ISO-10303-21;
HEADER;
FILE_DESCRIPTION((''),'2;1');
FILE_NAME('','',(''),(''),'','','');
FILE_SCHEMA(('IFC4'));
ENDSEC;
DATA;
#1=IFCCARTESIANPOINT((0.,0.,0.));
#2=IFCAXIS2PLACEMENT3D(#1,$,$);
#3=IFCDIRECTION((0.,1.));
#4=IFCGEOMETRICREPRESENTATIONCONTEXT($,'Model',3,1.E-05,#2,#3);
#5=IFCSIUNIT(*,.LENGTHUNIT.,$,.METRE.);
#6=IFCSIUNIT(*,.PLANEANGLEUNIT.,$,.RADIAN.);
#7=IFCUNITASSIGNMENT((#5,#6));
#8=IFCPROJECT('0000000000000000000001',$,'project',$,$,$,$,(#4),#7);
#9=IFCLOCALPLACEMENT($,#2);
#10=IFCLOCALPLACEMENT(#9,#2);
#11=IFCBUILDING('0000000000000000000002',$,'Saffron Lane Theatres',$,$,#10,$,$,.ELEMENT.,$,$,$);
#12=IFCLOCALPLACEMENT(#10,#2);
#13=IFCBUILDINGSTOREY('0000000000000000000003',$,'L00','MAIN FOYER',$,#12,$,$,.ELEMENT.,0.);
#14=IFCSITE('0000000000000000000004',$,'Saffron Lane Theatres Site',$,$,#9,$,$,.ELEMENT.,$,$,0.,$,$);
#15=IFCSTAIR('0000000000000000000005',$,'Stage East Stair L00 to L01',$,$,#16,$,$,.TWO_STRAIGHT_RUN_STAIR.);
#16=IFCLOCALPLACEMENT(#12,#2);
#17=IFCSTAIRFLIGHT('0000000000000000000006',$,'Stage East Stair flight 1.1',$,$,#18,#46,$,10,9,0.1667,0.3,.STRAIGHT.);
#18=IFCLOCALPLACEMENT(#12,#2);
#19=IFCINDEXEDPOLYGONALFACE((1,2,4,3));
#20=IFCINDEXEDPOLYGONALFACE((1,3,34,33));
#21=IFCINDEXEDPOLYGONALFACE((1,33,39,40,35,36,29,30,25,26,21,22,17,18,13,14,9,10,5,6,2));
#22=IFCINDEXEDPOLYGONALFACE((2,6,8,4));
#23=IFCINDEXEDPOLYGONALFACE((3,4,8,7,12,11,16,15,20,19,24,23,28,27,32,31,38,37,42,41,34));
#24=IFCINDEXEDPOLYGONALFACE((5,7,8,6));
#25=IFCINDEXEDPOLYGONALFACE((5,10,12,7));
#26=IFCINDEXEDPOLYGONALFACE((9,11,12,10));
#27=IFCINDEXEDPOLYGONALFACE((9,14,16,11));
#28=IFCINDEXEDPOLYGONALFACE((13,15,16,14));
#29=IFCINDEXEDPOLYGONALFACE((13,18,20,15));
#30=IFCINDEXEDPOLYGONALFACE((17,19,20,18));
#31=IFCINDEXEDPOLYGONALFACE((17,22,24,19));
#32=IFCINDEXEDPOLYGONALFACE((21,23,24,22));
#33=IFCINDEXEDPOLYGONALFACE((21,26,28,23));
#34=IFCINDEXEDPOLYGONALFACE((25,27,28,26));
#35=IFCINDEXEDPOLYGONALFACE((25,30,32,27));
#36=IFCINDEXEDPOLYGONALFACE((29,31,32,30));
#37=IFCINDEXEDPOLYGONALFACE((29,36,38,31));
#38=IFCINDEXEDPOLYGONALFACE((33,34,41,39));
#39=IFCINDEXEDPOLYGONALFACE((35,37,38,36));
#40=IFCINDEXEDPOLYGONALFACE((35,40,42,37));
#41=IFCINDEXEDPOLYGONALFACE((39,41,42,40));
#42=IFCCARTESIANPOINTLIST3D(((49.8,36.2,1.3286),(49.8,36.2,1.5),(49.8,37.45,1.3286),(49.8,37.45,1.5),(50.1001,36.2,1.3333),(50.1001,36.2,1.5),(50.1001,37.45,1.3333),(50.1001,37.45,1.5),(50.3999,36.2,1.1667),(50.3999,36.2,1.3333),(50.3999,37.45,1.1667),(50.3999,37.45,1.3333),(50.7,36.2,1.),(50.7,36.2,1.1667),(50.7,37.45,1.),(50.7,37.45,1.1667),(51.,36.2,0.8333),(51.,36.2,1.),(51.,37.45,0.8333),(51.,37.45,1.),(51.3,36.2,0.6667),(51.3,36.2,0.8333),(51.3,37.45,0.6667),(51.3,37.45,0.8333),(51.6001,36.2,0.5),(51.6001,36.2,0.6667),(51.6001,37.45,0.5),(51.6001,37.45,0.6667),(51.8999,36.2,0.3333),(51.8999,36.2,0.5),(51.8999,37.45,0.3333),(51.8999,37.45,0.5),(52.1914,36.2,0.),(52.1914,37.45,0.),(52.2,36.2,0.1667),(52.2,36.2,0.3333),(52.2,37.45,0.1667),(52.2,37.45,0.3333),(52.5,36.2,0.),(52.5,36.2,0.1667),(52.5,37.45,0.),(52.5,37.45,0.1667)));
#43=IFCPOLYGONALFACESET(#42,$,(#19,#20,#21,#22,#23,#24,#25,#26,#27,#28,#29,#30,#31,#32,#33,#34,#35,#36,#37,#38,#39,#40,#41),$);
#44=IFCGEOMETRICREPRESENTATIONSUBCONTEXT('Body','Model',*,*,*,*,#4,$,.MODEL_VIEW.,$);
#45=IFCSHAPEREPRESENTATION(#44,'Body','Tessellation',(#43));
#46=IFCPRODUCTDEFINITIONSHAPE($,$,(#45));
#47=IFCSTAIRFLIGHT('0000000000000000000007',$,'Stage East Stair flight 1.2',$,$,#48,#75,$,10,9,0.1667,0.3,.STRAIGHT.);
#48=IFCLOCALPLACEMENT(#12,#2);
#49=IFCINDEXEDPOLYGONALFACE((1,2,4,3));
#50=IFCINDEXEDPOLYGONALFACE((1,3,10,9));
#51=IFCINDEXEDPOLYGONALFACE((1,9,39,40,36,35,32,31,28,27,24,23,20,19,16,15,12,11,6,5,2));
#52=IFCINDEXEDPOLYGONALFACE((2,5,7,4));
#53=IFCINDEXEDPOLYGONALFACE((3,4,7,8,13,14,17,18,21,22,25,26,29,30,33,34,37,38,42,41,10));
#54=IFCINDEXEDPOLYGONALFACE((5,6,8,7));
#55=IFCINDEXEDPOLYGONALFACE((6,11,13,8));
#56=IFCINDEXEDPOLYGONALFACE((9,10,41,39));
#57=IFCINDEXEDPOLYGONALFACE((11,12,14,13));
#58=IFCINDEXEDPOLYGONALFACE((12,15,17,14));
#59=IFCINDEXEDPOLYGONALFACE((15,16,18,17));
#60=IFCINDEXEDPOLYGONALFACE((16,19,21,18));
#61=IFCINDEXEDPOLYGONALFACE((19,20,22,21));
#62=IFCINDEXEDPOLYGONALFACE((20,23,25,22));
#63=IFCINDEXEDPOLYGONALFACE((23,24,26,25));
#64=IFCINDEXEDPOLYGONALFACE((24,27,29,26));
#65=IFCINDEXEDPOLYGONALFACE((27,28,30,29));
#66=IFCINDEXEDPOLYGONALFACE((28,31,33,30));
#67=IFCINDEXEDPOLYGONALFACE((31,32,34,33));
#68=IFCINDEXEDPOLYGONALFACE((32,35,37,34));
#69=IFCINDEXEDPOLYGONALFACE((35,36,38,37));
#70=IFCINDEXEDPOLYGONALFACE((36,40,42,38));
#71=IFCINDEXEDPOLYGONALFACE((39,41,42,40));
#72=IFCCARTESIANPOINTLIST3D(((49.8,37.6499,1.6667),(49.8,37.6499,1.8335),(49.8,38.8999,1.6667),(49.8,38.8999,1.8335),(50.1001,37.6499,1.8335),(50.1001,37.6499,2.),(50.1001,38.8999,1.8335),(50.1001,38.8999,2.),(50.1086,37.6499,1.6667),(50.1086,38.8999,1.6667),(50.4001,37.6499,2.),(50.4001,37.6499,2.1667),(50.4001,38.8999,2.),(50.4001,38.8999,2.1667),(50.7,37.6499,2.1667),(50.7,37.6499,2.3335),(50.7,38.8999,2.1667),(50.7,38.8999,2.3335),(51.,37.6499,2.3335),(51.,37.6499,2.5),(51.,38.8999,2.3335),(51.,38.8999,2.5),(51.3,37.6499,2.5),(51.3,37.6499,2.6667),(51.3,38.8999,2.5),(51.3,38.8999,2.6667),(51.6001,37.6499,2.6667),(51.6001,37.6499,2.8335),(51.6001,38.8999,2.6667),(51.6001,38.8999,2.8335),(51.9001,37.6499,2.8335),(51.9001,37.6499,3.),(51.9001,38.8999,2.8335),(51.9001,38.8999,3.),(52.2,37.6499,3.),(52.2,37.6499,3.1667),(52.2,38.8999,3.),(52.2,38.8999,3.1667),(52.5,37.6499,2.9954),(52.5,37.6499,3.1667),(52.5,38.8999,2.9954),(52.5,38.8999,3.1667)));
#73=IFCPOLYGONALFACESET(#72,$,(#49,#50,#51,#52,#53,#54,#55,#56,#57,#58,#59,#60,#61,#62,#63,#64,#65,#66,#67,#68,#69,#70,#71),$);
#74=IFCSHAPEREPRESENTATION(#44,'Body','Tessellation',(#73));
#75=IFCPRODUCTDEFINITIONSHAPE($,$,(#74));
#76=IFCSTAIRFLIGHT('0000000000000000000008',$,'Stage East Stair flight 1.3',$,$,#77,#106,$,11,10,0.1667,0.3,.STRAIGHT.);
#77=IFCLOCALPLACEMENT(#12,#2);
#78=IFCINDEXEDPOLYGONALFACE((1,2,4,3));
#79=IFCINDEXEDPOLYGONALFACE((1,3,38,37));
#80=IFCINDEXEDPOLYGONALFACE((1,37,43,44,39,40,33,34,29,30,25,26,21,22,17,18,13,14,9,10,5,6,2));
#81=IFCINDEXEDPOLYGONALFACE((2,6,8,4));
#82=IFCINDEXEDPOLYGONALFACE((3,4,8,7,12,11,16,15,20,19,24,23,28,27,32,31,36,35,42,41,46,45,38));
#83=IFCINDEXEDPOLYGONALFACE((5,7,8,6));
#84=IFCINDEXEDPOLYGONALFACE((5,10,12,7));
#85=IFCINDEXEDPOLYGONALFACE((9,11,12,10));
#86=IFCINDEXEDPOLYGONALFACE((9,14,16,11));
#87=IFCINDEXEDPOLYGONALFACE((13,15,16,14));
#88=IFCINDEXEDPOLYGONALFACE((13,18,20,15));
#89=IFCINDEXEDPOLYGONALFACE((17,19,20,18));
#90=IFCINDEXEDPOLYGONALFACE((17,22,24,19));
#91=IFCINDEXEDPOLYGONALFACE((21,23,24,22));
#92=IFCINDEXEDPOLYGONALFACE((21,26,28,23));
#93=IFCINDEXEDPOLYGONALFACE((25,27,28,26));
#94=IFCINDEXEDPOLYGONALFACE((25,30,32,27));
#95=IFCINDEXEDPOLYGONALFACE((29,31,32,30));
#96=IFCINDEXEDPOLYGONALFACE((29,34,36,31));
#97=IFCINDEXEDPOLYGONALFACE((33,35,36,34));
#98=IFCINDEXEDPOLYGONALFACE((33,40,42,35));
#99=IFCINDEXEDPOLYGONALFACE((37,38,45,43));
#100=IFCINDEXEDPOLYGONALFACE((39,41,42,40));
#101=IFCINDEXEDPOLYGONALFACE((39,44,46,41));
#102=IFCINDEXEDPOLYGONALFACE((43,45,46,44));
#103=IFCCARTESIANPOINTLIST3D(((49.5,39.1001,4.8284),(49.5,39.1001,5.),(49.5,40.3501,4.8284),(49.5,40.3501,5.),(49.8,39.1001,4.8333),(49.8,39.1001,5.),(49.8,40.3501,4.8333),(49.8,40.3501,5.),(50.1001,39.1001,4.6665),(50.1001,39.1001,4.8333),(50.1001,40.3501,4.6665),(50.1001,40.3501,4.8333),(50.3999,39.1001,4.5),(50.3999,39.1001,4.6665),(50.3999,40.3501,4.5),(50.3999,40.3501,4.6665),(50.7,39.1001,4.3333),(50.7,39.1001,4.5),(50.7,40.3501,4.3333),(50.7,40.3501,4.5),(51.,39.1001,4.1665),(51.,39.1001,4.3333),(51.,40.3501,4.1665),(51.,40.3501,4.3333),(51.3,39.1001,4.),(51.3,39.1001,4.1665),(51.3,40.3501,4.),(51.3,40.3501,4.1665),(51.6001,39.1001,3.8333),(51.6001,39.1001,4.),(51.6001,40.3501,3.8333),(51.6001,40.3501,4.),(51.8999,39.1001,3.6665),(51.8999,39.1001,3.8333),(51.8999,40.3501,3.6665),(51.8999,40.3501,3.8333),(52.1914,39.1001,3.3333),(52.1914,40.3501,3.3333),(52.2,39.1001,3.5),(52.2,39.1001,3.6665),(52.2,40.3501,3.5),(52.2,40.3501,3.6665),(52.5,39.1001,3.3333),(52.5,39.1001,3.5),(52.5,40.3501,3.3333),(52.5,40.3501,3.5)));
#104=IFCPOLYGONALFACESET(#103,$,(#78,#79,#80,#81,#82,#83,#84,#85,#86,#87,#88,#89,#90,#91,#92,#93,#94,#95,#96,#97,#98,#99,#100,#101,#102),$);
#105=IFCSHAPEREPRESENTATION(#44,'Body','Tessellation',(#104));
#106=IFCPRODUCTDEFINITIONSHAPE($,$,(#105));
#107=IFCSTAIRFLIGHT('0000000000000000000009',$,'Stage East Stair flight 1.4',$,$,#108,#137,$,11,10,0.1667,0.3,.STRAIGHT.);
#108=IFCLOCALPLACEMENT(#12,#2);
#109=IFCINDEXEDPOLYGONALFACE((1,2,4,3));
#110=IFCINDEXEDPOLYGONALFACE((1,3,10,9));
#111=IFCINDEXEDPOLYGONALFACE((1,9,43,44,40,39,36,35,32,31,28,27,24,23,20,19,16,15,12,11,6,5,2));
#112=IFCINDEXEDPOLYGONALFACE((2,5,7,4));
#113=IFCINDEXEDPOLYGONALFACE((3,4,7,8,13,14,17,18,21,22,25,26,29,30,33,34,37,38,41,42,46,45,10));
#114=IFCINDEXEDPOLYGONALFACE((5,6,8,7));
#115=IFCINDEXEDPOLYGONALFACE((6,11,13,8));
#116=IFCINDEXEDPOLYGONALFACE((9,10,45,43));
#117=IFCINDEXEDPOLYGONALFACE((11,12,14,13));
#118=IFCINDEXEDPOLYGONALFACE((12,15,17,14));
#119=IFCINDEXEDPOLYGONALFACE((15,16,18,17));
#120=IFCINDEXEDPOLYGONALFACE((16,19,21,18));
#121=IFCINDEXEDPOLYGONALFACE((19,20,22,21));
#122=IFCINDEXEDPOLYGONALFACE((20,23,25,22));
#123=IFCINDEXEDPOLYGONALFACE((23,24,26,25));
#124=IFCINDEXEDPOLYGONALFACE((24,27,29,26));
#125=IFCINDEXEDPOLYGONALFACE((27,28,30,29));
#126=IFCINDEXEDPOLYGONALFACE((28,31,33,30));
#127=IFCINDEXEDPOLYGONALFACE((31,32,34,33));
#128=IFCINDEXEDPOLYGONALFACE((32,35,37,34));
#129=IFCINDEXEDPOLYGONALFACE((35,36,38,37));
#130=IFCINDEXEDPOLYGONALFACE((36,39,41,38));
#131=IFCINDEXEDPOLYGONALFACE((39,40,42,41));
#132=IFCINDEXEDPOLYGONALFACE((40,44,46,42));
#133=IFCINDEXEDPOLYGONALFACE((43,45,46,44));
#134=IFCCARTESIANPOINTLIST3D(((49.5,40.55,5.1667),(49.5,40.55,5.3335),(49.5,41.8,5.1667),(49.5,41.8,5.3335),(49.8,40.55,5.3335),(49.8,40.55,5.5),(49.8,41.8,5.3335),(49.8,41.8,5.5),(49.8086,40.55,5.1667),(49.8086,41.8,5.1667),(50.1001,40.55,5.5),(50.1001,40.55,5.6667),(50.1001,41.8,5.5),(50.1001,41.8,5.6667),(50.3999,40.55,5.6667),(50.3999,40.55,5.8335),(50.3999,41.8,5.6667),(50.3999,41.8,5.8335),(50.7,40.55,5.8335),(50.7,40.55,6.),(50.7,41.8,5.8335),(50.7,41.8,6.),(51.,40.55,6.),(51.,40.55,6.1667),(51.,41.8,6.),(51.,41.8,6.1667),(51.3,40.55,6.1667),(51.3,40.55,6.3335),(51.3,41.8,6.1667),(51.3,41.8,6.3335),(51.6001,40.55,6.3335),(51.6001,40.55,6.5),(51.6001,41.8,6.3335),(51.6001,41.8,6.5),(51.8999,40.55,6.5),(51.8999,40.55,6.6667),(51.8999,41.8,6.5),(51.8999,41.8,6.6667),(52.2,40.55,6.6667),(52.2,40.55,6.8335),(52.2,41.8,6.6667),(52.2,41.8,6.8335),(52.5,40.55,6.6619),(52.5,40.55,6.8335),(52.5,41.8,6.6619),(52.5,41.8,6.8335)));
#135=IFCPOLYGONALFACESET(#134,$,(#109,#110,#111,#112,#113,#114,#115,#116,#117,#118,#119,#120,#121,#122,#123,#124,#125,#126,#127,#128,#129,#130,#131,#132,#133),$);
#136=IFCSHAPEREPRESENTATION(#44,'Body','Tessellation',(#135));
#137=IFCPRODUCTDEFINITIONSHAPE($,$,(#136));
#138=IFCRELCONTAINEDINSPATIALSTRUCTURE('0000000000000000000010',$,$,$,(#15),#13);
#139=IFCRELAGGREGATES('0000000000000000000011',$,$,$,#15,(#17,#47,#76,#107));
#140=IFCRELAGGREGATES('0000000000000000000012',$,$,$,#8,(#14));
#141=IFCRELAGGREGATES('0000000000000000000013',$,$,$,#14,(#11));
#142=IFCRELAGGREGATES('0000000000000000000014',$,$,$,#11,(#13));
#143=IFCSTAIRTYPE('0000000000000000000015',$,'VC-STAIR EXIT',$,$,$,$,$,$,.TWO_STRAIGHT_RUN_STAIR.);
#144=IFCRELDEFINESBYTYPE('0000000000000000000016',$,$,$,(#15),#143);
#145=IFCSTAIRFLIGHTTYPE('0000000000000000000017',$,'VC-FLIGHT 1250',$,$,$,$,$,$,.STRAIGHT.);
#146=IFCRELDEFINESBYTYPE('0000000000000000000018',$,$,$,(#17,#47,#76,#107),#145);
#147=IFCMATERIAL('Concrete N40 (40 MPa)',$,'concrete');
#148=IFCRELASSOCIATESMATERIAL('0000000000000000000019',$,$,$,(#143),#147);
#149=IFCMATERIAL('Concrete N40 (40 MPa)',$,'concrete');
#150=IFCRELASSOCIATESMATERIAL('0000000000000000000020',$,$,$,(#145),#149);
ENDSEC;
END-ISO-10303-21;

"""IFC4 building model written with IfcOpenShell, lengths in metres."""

from ifc_helpers import new_model, si_unit, direction, frame, origin, place, context, subcontext, project, spatial, polyline, outline, extrude, material, type_object, element, aggregate, save


model = new_model("IFC4")

# Units and contexts
model_context = context("Model", 3, precision=1e-05, world=origin(), true_north=direction((0.0, 1.0)))
body_context = subcontext(model_context, "Body", "Model", "MODEL_VIEW")
ifc_project = project(units=[si_unit("LENGTHUNIT", "METRE"), si_unit("PLANEANGLEUNIT", "RADIAN")], contexts=[model_context])

# Site, building, storey
site_placement = place(None, origin())
site = spatial("IfcSite", under=ifc_project, at=site_placement, Name="Saffron Lane Theatres Site", CompositionType="ELEMENT", RefElevation=0.0)
building_placement = place(site_placement, origin())
building = spatial("IfcBuilding", under=site, at=building_placement, Name="Saffron Lane Theatres", CompositionType="ELEMENT")
storey_placement = place(building_placement, origin())
storey = spatial("IfcBuildingStorey", under=building, at=storey_placement, Name="L00", Description="MAIN FOYER", CompositionType="ELEMENT", Elevation=0.0)

# Stair, stair flights
ifc_material_1 = material(Name="Concrete N40 (40 MPa)", Category="concrete")
stair_type = type_object("IfcStairType", Name="VC-STAIR EXIT", PredefinedType="TWO_STRAIGHT_RUN_STAIR", material=ifc_material_1)
stair_placement = place(storey_placement, origin())
stair = element("IfcStair", 1, at=stair_placement, inside=storey, type_object=stair_type, Name="Stage East Stair L00 to L01", PredefinedType="TWO_STRAIGHT_RUN_STAIR")
ifc_material_2 = material(Name="Concrete N40 (40 MPa)", Category="concrete")
stair_flight_type = type_object("IfcStairFlightType", Name="VC-FLIGHT 1250", PredefinedType="STRAIGHT", material=ifc_material_2)
stair_flight_1_placement = place(storey_placement, frame((52.5, 36.825, 0.0), z_axis=(0.0, 0.0, 1.0), x_axis=(-1.0, 0.0, 0.0)))
stair_flight_1 = element("IfcStairFlight", 2, at=stair_flight_1_placement, type_object=stair_flight_type, Name="Stage East Stair flight 1.1", NumberOfRisers=10, NumberOfTreads=9, PredefinedType="STRAIGHT", RiserHeight=0.1667, TreadLength=0.3, context=body_context, shape_type="SweptSolid", body=[
    extrude(outline(polyline([(0.0, 0.0), (0.0, 0.1667), (0.3, 0.1667), (0.3, 0.3333), (0.6001, 0.3333), (0.6001, 0.5), (0.8999, 0.5), (0.8999, 0.6667), (1.2, 0.6667), (1.2, 0.8333), (1.5, 0.8333), (1.5, 1.0), (1.8, 1.0), (1.8, 1.1667), (2.1001, 1.1667), (2.1001, 1.3333), (2.3999, 1.3333), (2.3999, 1.5), (2.7, 1.5), (2.7, 1.6667), (2.7, 1.3286), (0.3086, 0.0), (0.0, 0.0)])), frame((0.0, 0.625, 0.0), z_axis=(0.0, -1.0, 0.0), x_axis=(1.0, 0.0, 0.0)), (0.0, 0.0, 1.0), 1.25),
])
stair_flight_2_placement = place(storey_placement, frame((49.8, 38.2749, 1.6667), z_axis=(0.0, 0.0, 1.0), x_axis=(1.0, 0.0, 0.0)))
stair_flight_2 = element("IfcStairFlight", 3, at=stair_flight_2_placement, type_object=stair_flight_type, Name="Stage East Stair flight 1.2", NumberOfRisers=10, NumberOfTreads=9, PredefinedType="STRAIGHT", RiserHeight=0.1667, TreadLength=0.3, context=body_context, shape_type="SweptSolid", body=[
    extrude(outline(polyline([(0.0, 0.0), (0.0, 0.1667), (0.3, 0.1667), (0.3, 0.3333), (0.6001, 0.3333), (0.6001, 0.5), (0.8999, 0.5), (0.8999, 0.6667), (1.2, 0.6667), (1.2, 0.8333), (1.5, 0.8333), (1.5, 1.0), (1.8, 1.0), (1.8, 1.1667), (2.1001, 1.1667), (2.1001, 1.3333), (2.3999, 1.3333), (2.3999, 1.5), (2.7, 1.5), (2.7, 1.6667), (2.7, 1.3286), (0.3086, 0.0), (0.0, 0.0)])), frame((0.0, 0.625, 0.0), z_axis=(0.0, -1.0, 0.0), x_axis=(1.0, 0.0, 0.0)), (0.0, 0.0, 1.0), 1.25),
])
stair_flight_3_placement = place(storey_placement, frame((52.5, 39.7251, 3.3333), z_axis=(0.0, 0.0, 1.0), x_axis=(-1.0, 0.0, 0.0)))
stair_flight_3 = element("IfcStairFlight", 4, at=stair_flight_3_placement, type_object=stair_flight_type, Name="Stage East Stair flight 1.3", NumberOfRisers=11, NumberOfTreads=10, PredefinedType="STRAIGHT", RiserHeight=0.1667, TreadLength=0.3, context=body_context, shape_type="SweptSolid", body=[
    extrude(outline(polyline([(0.0, 0.0), (0.0, 0.1667), (0.3, 0.1667), (0.3, 0.3333), (0.6001, 0.3333), (0.6001, 0.5), (0.8999, 0.5), (0.8999, 0.6667), (1.2, 0.6667), (1.2, 0.8333), (1.5, 0.8333), (1.5, 1.0), (1.8, 1.0), (1.8, 1.1667), (2.1001, 1.1667), (2.1001, 1.3333), (2.3999, 1.3333), (2.3999, 1.5), (2.7, 1.5), (2.7, 1.6667), (3.0, 1.6667), (3.0, 1.8333), (3.0, 1.4951), (0.3086, 0.0), (0.0, 0.0)])), frame((0.0, 0.625, 0.0), z_axis=(0.0, -1.0, 0.0), x_axis=(1.0, 0.0, 0.0)), (0.0, 0.0, 1.0), 1.25),
])
stair_flight_4_placement = place(storey_placement, frame((49.5, 41.175, 5.1667), z_axis=(0.0, 0.0, 1.0), x_axis=(1.0, 0.0, 0.0)))
stair_flight_4 = element("IfcStairFlight", 5, at=stair_flight_4_placement, type_object=stair_flight_type, Name="Stage East Stair flight 1.4", NumberOfRisers=11, NumberOfTreads=10, PredefinedType="STRAIGHT", RiserHeight=0.1667, TreadLength=0.3, context=body_context, shape_type="SweptSolid", body=[
    extrude(outline(polyline([(0.0, 0.0), (0.0, 0.1667), (0.3, 0.1667), (0.3, 0.3333), (0.6001, 0.3333), (0.6001, 0.5), (0.8999, 0.5), (0.8999, 0.6667), (1.2, 0.6667), (1.2, 0.8333), (1.5, 0.8333), (1.5, 1.0), (1.8, 1.0), (1.8, 1.1667), (2.1001, 1.1667), (2.1001, 1.3333), (2.3999, 1.3333), (2.3999, 1.5), (2.7, 1.5), (2.7, 1.6667), (3.0, 1.6667), (3.0, 1.8333), (3.0, 1.4951), (0.3086, 0.0), (0.0, 0.0)])), frame((0.0, 0.625, 0.0), z_axis=(0.0, -1.0, 0.0), x_axis=(1.0, 0.0, 0.0)), (0.0, 0.0, 1.0), 1.25),
])
aggregate(stair, [stair_flight_1, stair_flight_2, stair_flight_3, stair_flight_4])

save(model, "model.ifc")
